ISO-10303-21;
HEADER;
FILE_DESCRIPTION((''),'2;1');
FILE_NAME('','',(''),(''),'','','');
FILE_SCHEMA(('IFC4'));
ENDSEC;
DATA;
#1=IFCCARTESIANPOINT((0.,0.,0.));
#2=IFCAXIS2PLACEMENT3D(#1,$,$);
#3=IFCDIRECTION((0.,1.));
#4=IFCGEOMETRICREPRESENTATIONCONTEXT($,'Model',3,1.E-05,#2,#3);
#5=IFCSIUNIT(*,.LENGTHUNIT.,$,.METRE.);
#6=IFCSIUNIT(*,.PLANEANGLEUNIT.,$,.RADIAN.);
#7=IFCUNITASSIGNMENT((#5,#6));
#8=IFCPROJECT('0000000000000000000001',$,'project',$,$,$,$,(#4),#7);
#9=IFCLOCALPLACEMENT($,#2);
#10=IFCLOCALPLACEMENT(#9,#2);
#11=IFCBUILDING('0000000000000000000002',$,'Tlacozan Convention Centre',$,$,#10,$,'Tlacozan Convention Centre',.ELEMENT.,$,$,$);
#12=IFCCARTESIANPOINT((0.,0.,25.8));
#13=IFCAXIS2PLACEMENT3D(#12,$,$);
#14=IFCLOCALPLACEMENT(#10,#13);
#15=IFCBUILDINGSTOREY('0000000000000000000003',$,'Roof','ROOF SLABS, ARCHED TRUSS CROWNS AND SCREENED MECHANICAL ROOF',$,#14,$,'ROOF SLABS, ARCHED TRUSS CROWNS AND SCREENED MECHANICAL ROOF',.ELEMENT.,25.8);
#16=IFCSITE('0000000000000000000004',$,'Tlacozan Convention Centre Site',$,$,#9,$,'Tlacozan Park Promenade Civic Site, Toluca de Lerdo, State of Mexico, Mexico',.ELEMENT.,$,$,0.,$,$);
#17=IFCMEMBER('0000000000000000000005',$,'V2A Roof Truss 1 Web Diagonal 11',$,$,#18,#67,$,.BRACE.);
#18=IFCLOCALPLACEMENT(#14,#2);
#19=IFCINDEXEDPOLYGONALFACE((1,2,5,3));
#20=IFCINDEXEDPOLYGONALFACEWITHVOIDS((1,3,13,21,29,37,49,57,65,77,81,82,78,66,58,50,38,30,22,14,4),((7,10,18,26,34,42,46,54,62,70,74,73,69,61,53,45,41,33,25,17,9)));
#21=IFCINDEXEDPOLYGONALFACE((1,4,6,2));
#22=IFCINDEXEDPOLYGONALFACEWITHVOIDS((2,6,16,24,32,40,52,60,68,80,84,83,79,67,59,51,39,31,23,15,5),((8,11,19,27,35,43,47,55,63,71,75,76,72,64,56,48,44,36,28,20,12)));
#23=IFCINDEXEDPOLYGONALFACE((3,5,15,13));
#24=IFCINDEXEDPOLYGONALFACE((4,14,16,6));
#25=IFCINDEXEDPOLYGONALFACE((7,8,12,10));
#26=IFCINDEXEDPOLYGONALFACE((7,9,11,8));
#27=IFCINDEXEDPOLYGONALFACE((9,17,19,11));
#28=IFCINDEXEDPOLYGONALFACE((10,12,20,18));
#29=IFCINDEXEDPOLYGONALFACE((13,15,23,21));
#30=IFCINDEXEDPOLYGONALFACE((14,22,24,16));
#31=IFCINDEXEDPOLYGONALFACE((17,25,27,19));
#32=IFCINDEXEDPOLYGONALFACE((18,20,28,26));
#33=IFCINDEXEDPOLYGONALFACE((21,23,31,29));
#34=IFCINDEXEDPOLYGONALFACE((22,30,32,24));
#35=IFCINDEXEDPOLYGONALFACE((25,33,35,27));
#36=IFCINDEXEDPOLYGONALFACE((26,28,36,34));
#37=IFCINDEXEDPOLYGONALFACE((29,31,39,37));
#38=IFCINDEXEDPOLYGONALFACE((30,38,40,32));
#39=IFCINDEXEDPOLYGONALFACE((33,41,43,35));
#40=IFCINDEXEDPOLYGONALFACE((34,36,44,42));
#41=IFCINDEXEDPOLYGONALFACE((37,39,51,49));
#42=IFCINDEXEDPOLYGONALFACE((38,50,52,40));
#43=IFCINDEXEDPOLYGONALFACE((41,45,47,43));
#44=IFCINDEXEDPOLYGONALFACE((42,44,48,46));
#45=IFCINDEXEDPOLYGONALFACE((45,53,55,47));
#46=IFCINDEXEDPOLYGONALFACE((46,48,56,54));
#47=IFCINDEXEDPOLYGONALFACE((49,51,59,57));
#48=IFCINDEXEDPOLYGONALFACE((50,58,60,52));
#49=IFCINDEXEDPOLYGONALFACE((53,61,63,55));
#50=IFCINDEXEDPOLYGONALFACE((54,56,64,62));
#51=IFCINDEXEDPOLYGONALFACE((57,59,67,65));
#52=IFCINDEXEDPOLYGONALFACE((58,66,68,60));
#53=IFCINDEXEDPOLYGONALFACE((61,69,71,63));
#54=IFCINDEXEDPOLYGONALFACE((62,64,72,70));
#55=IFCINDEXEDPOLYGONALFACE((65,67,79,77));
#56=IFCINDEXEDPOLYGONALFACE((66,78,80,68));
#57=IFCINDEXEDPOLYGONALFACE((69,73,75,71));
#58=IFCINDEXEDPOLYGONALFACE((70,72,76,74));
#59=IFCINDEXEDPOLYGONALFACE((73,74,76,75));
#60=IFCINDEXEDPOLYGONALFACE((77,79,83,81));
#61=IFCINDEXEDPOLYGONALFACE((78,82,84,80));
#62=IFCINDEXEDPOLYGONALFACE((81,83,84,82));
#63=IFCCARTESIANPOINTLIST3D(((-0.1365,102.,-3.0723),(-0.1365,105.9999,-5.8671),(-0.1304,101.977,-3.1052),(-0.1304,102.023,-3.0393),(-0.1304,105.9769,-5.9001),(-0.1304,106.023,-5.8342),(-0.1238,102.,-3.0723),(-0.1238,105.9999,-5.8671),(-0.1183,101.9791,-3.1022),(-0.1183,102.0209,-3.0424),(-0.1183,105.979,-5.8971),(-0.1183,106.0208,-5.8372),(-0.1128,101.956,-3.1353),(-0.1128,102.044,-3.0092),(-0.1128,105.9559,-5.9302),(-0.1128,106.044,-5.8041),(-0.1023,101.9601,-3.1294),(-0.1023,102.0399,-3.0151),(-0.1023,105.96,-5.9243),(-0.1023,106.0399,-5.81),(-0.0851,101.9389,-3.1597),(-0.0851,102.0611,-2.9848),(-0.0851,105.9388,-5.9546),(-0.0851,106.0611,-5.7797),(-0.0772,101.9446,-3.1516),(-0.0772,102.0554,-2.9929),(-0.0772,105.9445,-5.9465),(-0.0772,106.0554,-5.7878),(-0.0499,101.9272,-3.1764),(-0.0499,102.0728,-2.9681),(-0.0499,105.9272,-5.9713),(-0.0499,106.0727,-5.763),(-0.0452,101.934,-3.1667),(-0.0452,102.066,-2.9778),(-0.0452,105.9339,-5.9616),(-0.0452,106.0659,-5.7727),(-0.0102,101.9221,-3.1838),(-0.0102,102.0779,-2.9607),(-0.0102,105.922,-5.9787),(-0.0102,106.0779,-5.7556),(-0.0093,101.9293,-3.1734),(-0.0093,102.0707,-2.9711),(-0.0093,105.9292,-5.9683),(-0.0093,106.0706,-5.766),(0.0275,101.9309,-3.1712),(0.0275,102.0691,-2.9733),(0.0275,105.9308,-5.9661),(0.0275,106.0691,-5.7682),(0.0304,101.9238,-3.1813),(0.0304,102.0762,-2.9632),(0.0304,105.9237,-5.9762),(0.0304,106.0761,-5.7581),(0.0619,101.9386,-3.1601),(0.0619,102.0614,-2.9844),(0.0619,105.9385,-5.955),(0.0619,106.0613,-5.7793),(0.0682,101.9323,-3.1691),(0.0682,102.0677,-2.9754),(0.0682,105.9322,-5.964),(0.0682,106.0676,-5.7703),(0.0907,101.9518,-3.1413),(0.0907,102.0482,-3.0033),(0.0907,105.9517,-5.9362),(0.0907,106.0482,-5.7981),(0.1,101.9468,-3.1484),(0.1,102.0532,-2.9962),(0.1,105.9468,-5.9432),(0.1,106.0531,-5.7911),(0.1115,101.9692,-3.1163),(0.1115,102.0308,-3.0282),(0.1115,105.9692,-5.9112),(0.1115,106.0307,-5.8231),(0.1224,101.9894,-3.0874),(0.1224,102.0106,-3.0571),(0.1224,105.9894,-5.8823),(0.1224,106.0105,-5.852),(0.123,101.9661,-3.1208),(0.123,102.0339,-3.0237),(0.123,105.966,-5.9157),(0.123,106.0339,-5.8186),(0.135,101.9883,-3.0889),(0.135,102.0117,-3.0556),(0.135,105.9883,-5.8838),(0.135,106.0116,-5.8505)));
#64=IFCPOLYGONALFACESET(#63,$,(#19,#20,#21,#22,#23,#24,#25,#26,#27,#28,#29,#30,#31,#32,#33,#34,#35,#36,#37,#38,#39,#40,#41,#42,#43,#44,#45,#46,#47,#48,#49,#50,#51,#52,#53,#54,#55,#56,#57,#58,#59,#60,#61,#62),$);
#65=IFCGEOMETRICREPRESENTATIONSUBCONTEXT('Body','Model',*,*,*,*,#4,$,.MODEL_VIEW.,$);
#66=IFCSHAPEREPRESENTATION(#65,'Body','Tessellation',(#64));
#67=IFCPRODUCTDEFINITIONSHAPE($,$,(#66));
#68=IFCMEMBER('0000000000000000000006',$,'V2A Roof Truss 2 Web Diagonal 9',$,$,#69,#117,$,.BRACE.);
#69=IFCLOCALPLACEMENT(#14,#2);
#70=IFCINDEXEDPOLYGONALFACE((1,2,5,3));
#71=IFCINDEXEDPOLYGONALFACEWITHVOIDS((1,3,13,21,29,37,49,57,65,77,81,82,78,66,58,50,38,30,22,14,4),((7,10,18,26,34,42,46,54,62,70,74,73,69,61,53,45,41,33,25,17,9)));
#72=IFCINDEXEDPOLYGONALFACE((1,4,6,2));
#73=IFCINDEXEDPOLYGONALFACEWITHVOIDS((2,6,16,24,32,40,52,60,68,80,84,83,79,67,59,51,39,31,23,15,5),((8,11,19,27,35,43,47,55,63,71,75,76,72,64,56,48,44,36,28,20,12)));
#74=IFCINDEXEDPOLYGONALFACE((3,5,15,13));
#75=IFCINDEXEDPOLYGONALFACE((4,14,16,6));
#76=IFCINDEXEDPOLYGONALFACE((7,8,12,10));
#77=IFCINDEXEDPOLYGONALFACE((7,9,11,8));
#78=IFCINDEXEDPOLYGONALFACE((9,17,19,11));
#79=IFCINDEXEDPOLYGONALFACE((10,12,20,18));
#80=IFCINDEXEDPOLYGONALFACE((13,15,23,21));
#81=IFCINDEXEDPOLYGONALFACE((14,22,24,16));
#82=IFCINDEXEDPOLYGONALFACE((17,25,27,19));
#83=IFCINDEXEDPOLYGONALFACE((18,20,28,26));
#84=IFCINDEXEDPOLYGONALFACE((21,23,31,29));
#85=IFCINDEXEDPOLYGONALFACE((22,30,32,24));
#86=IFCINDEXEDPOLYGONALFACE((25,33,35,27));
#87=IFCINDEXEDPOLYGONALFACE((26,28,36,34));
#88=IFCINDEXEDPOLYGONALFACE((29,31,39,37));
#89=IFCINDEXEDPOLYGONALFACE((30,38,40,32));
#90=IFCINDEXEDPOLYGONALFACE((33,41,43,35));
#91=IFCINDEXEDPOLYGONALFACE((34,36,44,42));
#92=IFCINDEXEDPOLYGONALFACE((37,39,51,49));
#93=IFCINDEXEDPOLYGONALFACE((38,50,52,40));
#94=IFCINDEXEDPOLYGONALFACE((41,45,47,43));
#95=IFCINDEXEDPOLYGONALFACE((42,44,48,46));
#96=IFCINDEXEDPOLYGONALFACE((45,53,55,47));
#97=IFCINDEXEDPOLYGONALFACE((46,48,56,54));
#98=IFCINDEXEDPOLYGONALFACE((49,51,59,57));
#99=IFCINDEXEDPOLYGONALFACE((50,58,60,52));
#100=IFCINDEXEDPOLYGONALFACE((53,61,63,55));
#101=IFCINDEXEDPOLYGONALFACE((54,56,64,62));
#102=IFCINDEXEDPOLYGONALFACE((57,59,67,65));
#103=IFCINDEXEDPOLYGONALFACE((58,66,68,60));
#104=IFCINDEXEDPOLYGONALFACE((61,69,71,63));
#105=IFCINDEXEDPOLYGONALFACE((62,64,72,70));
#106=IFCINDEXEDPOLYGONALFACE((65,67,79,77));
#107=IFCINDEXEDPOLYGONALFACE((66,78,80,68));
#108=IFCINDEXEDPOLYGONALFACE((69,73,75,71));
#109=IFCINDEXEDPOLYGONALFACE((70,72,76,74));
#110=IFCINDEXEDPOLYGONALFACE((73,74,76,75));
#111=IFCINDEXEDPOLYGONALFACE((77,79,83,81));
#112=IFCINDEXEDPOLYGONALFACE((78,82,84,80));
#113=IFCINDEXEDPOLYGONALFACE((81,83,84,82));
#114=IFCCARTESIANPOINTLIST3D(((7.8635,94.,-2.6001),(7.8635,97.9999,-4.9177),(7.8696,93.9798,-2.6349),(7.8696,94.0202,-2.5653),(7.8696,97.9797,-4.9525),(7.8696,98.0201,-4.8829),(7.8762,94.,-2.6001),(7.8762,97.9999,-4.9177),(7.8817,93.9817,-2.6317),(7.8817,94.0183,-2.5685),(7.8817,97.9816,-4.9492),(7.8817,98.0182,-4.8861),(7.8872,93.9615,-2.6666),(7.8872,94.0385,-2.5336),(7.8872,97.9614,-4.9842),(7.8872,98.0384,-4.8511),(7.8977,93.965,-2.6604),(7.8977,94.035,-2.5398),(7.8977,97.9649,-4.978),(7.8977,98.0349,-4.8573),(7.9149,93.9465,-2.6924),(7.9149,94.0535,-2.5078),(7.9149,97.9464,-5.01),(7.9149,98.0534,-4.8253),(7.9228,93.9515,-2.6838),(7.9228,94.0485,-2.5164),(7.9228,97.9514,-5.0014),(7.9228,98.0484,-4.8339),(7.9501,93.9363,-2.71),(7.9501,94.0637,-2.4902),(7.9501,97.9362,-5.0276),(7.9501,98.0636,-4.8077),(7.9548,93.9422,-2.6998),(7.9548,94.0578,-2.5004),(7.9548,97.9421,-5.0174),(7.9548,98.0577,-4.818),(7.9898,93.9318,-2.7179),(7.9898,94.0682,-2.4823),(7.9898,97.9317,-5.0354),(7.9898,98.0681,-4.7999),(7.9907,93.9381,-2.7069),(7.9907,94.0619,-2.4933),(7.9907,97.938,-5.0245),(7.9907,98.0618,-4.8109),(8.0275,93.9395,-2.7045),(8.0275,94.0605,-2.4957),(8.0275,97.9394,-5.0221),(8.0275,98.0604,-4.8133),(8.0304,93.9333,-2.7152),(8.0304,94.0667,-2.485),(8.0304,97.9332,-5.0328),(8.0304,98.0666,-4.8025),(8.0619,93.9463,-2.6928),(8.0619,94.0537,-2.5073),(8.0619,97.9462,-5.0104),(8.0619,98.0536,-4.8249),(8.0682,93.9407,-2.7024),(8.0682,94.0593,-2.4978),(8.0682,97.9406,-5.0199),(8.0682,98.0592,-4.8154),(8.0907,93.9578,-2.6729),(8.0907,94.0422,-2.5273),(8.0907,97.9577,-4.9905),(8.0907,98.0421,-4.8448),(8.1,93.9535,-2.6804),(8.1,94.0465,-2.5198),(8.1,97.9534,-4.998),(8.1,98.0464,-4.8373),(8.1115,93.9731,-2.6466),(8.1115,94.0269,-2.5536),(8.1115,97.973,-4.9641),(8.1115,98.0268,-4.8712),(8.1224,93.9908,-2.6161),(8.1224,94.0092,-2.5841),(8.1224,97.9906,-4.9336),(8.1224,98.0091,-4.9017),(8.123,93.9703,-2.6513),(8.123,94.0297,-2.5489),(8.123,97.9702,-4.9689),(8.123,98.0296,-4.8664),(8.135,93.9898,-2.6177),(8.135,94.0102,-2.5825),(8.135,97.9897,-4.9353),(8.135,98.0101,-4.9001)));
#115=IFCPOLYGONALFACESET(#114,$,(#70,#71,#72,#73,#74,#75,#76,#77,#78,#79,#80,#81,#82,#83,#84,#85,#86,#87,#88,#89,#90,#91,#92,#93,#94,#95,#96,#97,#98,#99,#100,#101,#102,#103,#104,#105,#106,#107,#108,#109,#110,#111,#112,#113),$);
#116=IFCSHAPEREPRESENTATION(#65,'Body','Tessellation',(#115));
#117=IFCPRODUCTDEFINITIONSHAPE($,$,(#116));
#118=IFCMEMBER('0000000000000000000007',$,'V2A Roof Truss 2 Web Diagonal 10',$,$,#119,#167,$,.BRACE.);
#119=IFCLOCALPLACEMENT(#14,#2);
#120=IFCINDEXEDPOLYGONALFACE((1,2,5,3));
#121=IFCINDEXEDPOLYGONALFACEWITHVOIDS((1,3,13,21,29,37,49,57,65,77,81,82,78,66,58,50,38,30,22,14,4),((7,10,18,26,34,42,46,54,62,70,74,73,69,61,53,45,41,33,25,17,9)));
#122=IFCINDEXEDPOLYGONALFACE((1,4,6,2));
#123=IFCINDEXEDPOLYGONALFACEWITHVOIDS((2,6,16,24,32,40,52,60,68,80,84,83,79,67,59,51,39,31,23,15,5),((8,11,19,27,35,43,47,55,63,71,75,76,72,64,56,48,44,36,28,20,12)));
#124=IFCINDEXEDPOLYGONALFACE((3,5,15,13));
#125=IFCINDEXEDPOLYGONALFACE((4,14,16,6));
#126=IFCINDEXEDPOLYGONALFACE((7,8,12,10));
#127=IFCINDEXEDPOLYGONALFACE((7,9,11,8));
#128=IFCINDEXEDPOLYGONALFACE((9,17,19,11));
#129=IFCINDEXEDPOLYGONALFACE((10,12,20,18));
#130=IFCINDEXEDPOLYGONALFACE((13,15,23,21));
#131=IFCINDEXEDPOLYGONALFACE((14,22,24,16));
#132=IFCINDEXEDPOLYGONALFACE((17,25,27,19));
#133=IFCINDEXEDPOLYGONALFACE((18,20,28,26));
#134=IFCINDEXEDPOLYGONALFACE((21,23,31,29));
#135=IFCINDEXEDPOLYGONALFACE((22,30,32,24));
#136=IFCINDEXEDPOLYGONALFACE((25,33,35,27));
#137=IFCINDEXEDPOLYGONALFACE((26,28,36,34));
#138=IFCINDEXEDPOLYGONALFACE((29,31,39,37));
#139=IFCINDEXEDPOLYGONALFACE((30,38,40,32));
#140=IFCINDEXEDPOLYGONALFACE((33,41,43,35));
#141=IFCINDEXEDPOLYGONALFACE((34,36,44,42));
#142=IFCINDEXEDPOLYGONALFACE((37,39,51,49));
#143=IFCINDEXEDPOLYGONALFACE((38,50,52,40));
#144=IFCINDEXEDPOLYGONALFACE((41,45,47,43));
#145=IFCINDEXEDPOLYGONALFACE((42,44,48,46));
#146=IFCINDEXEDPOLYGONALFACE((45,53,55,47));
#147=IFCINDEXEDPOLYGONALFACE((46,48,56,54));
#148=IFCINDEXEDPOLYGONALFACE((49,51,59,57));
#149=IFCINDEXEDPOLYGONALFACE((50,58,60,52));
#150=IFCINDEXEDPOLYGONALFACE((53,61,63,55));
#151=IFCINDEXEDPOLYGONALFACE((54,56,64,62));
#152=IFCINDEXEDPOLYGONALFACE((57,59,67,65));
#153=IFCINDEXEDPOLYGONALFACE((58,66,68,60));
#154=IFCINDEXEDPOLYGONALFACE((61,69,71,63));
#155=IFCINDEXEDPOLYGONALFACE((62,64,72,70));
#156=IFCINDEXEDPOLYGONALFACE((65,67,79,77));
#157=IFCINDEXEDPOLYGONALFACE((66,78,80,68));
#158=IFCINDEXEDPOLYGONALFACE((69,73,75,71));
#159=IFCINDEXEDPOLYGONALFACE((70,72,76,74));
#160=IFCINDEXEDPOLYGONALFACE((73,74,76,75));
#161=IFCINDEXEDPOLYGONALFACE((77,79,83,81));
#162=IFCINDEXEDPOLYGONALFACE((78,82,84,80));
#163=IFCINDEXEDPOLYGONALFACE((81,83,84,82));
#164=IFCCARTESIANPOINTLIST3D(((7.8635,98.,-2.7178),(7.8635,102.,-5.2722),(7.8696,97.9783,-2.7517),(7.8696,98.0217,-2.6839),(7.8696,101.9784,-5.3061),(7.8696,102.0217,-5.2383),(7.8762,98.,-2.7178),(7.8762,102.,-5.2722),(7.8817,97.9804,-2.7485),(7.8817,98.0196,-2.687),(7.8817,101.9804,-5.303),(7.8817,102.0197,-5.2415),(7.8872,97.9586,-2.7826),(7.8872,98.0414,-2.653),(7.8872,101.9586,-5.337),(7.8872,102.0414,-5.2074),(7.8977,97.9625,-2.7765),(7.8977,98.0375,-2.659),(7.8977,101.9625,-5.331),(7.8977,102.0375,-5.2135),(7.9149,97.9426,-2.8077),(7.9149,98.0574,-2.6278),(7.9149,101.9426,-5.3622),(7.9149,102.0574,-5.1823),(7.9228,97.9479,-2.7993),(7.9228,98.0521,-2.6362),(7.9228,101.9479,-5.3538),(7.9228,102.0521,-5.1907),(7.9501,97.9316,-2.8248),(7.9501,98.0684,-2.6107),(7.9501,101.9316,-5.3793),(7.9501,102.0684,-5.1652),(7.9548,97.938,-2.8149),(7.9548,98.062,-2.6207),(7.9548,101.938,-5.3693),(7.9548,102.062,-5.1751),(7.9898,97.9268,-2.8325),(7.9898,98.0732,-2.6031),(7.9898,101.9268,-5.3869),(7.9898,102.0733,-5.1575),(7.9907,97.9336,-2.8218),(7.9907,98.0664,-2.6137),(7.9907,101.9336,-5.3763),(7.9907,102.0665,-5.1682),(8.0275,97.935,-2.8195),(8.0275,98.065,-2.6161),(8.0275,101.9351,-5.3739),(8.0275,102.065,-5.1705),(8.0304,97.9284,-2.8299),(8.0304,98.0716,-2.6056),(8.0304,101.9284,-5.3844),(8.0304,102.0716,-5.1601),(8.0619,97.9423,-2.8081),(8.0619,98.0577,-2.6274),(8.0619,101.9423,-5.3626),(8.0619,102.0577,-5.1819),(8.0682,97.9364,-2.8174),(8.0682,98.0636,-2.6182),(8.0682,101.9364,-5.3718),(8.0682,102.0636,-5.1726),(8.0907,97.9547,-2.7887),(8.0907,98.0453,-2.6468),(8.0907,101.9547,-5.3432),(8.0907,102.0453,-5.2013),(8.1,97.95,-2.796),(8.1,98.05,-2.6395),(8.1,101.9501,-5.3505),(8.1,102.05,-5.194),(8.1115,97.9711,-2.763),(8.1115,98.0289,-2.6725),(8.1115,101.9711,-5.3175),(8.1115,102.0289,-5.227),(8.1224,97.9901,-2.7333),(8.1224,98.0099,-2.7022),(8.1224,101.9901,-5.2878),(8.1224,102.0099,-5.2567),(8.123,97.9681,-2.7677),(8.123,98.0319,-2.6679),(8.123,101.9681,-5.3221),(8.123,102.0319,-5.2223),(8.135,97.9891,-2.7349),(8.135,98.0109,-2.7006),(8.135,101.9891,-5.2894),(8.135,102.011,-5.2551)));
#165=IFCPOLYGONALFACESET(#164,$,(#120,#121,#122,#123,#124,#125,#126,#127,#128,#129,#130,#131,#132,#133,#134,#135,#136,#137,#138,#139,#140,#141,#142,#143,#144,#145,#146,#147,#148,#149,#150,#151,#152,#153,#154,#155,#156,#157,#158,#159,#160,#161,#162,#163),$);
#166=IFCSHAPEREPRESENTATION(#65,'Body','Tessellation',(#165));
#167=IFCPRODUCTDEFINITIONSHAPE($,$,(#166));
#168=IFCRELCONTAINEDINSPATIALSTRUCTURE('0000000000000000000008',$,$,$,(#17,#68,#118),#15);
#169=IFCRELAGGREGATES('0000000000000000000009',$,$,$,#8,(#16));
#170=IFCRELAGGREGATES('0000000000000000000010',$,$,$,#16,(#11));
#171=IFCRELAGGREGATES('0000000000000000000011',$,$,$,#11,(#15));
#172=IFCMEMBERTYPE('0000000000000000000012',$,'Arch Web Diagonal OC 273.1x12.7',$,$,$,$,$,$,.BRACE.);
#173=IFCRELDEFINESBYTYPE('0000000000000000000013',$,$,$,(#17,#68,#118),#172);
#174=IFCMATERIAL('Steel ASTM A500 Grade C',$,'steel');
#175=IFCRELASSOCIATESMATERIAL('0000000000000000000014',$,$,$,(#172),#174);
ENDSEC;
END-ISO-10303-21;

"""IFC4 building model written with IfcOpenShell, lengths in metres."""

from ifc_helpers import new_model, si_unit, direction, frame, origin, origin_2d, place, context, subcontext, project, spatial, hollow_circle, extrude, material, material_profile, profile_set, type_object, element, save


model = new_model("IFC4")

# Units and contexts
model_context = context("Model", 3, precision=1e-05, world=origin(), true_north=direction((0.0, 1.0)))
body_context = subcontext(model_context, "Body", "Model", "MODEL_VIEW")
ifc_project = project(units=[si_unit("LENGTHUNIT", "METRE"), si_unit("PLANEANGLEUNIT", "RADIAN")], contexts=[model_context])

# Site, building, storey
site_placement = place(None, origin())
site = spatial("IfcSite", under=ifc_project, at=site_placement, Name="Tlacozan Convention Centre Site", LongName="Tlacozan Park Promenade Civic Site, Toluca de Lerdo, State of Mexico, Mexico", CompositionType="ELEMENT", RefElevation=0.0)
building_placement = place(site_placement, origin())
building = spatial("IfcBuilding", under=site, at=building_placement, Name="Tlacozan Convention Centre", LongName="Tlacozan Convention Centre", CompositionType="ELEMENT")
storey_placement = place(building_placement, frame((0.0, 0.0, 25.8)))
storey = spatial("IfcBuildingStorey", under=building, at=storey_placement, Name="Roof", Description="ROOF SLABS, ARCHED TRUSS CROWNS AND SCREENED MECHANICAL ROOF", LongName="ROOF SLABS, ARCHED TRUSS CROWNS AND SCREENED MECHANICAL ROOF", CompositionType="ELEMENT", Elevation=25.8)

# Members
ifc_material_1 = material(Name="Steel ASTM A500 Grade C", Category="steel")
ifc_material_profile_1 = material_profile(ifc_material_1, hollow_circle(Radius=0.1365, WallThickness=0.0127, at=origin_2d()), Name="OC 273.1x12.7")
ifc_profile_set_1 = profile_set([ifc_material_profile_1], Name="Steel ASTM A500 Grade C")
member_type_1 = type_object("IfcMemberType", Name="Arch Web Diagonal OC 273.1x12.7", PredefinedType="BRACE", material=ifc_profile_set_1)
member_1_placement = place(storey_placement, frame((0.0, 102.0, -3.0723), z_axis=(0.0, 0.819721, -0.572764), x_axis=(-1.0, 0.0, 0.0)))
element("IfcMember", 1, at=member_1_placement, inside=storey, type_object=member_type_1, Name="V2A Roof Truss 1 Web Diagonal 11", PredefinedType="BRACE", context=body_context, shape_type="SweptSolid", body=[
    extrude(hollow_circle(Radius=0.1365, WallThickness=0.0127, at=origin_2d()), origin(), (0.0, 0.0, 1.0), 4.8796),
])
member_2_placement = place(storey_placement, frame((8.0, 94.0, -2.6001), z_axis=(0.0, 0.865254, -0.501334), x_axis=(-1.0, 0.0, 0.0)))
element("IfcMember", 2, at=member_2_placement, inside=storey, type_object=member_type_1, Name="V2A Roof Truss 2 Web Diagonal 9", PredefinedType="BRACE", context=body_context, shape_type="SweptSolid", body=[
    extrude(hollow_circle(Radius=0.1365, WallThickness=0.0127, at=origin_2d()), origin(), (0.0, 0.0, 1.0), 4.6228),
])
member_3_placement = place(storey_placement, frame((8.0, 98.0, -2.7178), z_axis=(0.0, 0.842803, -0.538223), x_axis=(-1.0, 0.0, 0.0)))
element("IfcMember", 3, at=member_3_placement, inside=storey, type_object=member_type_1, Name="V2A Roof Truss 2 Web Diagonal 10", PredefinedType="BRACE", context=body_context, shape_type="SweptSolid", body=[
    extrude(hollow_circle(Radius=0.1365, WallThickness=0.0127, at=origin_2d()), origin(), (0.0, 0.0, 1.0), 4.7461),
])

save(model, "model.ifc")
